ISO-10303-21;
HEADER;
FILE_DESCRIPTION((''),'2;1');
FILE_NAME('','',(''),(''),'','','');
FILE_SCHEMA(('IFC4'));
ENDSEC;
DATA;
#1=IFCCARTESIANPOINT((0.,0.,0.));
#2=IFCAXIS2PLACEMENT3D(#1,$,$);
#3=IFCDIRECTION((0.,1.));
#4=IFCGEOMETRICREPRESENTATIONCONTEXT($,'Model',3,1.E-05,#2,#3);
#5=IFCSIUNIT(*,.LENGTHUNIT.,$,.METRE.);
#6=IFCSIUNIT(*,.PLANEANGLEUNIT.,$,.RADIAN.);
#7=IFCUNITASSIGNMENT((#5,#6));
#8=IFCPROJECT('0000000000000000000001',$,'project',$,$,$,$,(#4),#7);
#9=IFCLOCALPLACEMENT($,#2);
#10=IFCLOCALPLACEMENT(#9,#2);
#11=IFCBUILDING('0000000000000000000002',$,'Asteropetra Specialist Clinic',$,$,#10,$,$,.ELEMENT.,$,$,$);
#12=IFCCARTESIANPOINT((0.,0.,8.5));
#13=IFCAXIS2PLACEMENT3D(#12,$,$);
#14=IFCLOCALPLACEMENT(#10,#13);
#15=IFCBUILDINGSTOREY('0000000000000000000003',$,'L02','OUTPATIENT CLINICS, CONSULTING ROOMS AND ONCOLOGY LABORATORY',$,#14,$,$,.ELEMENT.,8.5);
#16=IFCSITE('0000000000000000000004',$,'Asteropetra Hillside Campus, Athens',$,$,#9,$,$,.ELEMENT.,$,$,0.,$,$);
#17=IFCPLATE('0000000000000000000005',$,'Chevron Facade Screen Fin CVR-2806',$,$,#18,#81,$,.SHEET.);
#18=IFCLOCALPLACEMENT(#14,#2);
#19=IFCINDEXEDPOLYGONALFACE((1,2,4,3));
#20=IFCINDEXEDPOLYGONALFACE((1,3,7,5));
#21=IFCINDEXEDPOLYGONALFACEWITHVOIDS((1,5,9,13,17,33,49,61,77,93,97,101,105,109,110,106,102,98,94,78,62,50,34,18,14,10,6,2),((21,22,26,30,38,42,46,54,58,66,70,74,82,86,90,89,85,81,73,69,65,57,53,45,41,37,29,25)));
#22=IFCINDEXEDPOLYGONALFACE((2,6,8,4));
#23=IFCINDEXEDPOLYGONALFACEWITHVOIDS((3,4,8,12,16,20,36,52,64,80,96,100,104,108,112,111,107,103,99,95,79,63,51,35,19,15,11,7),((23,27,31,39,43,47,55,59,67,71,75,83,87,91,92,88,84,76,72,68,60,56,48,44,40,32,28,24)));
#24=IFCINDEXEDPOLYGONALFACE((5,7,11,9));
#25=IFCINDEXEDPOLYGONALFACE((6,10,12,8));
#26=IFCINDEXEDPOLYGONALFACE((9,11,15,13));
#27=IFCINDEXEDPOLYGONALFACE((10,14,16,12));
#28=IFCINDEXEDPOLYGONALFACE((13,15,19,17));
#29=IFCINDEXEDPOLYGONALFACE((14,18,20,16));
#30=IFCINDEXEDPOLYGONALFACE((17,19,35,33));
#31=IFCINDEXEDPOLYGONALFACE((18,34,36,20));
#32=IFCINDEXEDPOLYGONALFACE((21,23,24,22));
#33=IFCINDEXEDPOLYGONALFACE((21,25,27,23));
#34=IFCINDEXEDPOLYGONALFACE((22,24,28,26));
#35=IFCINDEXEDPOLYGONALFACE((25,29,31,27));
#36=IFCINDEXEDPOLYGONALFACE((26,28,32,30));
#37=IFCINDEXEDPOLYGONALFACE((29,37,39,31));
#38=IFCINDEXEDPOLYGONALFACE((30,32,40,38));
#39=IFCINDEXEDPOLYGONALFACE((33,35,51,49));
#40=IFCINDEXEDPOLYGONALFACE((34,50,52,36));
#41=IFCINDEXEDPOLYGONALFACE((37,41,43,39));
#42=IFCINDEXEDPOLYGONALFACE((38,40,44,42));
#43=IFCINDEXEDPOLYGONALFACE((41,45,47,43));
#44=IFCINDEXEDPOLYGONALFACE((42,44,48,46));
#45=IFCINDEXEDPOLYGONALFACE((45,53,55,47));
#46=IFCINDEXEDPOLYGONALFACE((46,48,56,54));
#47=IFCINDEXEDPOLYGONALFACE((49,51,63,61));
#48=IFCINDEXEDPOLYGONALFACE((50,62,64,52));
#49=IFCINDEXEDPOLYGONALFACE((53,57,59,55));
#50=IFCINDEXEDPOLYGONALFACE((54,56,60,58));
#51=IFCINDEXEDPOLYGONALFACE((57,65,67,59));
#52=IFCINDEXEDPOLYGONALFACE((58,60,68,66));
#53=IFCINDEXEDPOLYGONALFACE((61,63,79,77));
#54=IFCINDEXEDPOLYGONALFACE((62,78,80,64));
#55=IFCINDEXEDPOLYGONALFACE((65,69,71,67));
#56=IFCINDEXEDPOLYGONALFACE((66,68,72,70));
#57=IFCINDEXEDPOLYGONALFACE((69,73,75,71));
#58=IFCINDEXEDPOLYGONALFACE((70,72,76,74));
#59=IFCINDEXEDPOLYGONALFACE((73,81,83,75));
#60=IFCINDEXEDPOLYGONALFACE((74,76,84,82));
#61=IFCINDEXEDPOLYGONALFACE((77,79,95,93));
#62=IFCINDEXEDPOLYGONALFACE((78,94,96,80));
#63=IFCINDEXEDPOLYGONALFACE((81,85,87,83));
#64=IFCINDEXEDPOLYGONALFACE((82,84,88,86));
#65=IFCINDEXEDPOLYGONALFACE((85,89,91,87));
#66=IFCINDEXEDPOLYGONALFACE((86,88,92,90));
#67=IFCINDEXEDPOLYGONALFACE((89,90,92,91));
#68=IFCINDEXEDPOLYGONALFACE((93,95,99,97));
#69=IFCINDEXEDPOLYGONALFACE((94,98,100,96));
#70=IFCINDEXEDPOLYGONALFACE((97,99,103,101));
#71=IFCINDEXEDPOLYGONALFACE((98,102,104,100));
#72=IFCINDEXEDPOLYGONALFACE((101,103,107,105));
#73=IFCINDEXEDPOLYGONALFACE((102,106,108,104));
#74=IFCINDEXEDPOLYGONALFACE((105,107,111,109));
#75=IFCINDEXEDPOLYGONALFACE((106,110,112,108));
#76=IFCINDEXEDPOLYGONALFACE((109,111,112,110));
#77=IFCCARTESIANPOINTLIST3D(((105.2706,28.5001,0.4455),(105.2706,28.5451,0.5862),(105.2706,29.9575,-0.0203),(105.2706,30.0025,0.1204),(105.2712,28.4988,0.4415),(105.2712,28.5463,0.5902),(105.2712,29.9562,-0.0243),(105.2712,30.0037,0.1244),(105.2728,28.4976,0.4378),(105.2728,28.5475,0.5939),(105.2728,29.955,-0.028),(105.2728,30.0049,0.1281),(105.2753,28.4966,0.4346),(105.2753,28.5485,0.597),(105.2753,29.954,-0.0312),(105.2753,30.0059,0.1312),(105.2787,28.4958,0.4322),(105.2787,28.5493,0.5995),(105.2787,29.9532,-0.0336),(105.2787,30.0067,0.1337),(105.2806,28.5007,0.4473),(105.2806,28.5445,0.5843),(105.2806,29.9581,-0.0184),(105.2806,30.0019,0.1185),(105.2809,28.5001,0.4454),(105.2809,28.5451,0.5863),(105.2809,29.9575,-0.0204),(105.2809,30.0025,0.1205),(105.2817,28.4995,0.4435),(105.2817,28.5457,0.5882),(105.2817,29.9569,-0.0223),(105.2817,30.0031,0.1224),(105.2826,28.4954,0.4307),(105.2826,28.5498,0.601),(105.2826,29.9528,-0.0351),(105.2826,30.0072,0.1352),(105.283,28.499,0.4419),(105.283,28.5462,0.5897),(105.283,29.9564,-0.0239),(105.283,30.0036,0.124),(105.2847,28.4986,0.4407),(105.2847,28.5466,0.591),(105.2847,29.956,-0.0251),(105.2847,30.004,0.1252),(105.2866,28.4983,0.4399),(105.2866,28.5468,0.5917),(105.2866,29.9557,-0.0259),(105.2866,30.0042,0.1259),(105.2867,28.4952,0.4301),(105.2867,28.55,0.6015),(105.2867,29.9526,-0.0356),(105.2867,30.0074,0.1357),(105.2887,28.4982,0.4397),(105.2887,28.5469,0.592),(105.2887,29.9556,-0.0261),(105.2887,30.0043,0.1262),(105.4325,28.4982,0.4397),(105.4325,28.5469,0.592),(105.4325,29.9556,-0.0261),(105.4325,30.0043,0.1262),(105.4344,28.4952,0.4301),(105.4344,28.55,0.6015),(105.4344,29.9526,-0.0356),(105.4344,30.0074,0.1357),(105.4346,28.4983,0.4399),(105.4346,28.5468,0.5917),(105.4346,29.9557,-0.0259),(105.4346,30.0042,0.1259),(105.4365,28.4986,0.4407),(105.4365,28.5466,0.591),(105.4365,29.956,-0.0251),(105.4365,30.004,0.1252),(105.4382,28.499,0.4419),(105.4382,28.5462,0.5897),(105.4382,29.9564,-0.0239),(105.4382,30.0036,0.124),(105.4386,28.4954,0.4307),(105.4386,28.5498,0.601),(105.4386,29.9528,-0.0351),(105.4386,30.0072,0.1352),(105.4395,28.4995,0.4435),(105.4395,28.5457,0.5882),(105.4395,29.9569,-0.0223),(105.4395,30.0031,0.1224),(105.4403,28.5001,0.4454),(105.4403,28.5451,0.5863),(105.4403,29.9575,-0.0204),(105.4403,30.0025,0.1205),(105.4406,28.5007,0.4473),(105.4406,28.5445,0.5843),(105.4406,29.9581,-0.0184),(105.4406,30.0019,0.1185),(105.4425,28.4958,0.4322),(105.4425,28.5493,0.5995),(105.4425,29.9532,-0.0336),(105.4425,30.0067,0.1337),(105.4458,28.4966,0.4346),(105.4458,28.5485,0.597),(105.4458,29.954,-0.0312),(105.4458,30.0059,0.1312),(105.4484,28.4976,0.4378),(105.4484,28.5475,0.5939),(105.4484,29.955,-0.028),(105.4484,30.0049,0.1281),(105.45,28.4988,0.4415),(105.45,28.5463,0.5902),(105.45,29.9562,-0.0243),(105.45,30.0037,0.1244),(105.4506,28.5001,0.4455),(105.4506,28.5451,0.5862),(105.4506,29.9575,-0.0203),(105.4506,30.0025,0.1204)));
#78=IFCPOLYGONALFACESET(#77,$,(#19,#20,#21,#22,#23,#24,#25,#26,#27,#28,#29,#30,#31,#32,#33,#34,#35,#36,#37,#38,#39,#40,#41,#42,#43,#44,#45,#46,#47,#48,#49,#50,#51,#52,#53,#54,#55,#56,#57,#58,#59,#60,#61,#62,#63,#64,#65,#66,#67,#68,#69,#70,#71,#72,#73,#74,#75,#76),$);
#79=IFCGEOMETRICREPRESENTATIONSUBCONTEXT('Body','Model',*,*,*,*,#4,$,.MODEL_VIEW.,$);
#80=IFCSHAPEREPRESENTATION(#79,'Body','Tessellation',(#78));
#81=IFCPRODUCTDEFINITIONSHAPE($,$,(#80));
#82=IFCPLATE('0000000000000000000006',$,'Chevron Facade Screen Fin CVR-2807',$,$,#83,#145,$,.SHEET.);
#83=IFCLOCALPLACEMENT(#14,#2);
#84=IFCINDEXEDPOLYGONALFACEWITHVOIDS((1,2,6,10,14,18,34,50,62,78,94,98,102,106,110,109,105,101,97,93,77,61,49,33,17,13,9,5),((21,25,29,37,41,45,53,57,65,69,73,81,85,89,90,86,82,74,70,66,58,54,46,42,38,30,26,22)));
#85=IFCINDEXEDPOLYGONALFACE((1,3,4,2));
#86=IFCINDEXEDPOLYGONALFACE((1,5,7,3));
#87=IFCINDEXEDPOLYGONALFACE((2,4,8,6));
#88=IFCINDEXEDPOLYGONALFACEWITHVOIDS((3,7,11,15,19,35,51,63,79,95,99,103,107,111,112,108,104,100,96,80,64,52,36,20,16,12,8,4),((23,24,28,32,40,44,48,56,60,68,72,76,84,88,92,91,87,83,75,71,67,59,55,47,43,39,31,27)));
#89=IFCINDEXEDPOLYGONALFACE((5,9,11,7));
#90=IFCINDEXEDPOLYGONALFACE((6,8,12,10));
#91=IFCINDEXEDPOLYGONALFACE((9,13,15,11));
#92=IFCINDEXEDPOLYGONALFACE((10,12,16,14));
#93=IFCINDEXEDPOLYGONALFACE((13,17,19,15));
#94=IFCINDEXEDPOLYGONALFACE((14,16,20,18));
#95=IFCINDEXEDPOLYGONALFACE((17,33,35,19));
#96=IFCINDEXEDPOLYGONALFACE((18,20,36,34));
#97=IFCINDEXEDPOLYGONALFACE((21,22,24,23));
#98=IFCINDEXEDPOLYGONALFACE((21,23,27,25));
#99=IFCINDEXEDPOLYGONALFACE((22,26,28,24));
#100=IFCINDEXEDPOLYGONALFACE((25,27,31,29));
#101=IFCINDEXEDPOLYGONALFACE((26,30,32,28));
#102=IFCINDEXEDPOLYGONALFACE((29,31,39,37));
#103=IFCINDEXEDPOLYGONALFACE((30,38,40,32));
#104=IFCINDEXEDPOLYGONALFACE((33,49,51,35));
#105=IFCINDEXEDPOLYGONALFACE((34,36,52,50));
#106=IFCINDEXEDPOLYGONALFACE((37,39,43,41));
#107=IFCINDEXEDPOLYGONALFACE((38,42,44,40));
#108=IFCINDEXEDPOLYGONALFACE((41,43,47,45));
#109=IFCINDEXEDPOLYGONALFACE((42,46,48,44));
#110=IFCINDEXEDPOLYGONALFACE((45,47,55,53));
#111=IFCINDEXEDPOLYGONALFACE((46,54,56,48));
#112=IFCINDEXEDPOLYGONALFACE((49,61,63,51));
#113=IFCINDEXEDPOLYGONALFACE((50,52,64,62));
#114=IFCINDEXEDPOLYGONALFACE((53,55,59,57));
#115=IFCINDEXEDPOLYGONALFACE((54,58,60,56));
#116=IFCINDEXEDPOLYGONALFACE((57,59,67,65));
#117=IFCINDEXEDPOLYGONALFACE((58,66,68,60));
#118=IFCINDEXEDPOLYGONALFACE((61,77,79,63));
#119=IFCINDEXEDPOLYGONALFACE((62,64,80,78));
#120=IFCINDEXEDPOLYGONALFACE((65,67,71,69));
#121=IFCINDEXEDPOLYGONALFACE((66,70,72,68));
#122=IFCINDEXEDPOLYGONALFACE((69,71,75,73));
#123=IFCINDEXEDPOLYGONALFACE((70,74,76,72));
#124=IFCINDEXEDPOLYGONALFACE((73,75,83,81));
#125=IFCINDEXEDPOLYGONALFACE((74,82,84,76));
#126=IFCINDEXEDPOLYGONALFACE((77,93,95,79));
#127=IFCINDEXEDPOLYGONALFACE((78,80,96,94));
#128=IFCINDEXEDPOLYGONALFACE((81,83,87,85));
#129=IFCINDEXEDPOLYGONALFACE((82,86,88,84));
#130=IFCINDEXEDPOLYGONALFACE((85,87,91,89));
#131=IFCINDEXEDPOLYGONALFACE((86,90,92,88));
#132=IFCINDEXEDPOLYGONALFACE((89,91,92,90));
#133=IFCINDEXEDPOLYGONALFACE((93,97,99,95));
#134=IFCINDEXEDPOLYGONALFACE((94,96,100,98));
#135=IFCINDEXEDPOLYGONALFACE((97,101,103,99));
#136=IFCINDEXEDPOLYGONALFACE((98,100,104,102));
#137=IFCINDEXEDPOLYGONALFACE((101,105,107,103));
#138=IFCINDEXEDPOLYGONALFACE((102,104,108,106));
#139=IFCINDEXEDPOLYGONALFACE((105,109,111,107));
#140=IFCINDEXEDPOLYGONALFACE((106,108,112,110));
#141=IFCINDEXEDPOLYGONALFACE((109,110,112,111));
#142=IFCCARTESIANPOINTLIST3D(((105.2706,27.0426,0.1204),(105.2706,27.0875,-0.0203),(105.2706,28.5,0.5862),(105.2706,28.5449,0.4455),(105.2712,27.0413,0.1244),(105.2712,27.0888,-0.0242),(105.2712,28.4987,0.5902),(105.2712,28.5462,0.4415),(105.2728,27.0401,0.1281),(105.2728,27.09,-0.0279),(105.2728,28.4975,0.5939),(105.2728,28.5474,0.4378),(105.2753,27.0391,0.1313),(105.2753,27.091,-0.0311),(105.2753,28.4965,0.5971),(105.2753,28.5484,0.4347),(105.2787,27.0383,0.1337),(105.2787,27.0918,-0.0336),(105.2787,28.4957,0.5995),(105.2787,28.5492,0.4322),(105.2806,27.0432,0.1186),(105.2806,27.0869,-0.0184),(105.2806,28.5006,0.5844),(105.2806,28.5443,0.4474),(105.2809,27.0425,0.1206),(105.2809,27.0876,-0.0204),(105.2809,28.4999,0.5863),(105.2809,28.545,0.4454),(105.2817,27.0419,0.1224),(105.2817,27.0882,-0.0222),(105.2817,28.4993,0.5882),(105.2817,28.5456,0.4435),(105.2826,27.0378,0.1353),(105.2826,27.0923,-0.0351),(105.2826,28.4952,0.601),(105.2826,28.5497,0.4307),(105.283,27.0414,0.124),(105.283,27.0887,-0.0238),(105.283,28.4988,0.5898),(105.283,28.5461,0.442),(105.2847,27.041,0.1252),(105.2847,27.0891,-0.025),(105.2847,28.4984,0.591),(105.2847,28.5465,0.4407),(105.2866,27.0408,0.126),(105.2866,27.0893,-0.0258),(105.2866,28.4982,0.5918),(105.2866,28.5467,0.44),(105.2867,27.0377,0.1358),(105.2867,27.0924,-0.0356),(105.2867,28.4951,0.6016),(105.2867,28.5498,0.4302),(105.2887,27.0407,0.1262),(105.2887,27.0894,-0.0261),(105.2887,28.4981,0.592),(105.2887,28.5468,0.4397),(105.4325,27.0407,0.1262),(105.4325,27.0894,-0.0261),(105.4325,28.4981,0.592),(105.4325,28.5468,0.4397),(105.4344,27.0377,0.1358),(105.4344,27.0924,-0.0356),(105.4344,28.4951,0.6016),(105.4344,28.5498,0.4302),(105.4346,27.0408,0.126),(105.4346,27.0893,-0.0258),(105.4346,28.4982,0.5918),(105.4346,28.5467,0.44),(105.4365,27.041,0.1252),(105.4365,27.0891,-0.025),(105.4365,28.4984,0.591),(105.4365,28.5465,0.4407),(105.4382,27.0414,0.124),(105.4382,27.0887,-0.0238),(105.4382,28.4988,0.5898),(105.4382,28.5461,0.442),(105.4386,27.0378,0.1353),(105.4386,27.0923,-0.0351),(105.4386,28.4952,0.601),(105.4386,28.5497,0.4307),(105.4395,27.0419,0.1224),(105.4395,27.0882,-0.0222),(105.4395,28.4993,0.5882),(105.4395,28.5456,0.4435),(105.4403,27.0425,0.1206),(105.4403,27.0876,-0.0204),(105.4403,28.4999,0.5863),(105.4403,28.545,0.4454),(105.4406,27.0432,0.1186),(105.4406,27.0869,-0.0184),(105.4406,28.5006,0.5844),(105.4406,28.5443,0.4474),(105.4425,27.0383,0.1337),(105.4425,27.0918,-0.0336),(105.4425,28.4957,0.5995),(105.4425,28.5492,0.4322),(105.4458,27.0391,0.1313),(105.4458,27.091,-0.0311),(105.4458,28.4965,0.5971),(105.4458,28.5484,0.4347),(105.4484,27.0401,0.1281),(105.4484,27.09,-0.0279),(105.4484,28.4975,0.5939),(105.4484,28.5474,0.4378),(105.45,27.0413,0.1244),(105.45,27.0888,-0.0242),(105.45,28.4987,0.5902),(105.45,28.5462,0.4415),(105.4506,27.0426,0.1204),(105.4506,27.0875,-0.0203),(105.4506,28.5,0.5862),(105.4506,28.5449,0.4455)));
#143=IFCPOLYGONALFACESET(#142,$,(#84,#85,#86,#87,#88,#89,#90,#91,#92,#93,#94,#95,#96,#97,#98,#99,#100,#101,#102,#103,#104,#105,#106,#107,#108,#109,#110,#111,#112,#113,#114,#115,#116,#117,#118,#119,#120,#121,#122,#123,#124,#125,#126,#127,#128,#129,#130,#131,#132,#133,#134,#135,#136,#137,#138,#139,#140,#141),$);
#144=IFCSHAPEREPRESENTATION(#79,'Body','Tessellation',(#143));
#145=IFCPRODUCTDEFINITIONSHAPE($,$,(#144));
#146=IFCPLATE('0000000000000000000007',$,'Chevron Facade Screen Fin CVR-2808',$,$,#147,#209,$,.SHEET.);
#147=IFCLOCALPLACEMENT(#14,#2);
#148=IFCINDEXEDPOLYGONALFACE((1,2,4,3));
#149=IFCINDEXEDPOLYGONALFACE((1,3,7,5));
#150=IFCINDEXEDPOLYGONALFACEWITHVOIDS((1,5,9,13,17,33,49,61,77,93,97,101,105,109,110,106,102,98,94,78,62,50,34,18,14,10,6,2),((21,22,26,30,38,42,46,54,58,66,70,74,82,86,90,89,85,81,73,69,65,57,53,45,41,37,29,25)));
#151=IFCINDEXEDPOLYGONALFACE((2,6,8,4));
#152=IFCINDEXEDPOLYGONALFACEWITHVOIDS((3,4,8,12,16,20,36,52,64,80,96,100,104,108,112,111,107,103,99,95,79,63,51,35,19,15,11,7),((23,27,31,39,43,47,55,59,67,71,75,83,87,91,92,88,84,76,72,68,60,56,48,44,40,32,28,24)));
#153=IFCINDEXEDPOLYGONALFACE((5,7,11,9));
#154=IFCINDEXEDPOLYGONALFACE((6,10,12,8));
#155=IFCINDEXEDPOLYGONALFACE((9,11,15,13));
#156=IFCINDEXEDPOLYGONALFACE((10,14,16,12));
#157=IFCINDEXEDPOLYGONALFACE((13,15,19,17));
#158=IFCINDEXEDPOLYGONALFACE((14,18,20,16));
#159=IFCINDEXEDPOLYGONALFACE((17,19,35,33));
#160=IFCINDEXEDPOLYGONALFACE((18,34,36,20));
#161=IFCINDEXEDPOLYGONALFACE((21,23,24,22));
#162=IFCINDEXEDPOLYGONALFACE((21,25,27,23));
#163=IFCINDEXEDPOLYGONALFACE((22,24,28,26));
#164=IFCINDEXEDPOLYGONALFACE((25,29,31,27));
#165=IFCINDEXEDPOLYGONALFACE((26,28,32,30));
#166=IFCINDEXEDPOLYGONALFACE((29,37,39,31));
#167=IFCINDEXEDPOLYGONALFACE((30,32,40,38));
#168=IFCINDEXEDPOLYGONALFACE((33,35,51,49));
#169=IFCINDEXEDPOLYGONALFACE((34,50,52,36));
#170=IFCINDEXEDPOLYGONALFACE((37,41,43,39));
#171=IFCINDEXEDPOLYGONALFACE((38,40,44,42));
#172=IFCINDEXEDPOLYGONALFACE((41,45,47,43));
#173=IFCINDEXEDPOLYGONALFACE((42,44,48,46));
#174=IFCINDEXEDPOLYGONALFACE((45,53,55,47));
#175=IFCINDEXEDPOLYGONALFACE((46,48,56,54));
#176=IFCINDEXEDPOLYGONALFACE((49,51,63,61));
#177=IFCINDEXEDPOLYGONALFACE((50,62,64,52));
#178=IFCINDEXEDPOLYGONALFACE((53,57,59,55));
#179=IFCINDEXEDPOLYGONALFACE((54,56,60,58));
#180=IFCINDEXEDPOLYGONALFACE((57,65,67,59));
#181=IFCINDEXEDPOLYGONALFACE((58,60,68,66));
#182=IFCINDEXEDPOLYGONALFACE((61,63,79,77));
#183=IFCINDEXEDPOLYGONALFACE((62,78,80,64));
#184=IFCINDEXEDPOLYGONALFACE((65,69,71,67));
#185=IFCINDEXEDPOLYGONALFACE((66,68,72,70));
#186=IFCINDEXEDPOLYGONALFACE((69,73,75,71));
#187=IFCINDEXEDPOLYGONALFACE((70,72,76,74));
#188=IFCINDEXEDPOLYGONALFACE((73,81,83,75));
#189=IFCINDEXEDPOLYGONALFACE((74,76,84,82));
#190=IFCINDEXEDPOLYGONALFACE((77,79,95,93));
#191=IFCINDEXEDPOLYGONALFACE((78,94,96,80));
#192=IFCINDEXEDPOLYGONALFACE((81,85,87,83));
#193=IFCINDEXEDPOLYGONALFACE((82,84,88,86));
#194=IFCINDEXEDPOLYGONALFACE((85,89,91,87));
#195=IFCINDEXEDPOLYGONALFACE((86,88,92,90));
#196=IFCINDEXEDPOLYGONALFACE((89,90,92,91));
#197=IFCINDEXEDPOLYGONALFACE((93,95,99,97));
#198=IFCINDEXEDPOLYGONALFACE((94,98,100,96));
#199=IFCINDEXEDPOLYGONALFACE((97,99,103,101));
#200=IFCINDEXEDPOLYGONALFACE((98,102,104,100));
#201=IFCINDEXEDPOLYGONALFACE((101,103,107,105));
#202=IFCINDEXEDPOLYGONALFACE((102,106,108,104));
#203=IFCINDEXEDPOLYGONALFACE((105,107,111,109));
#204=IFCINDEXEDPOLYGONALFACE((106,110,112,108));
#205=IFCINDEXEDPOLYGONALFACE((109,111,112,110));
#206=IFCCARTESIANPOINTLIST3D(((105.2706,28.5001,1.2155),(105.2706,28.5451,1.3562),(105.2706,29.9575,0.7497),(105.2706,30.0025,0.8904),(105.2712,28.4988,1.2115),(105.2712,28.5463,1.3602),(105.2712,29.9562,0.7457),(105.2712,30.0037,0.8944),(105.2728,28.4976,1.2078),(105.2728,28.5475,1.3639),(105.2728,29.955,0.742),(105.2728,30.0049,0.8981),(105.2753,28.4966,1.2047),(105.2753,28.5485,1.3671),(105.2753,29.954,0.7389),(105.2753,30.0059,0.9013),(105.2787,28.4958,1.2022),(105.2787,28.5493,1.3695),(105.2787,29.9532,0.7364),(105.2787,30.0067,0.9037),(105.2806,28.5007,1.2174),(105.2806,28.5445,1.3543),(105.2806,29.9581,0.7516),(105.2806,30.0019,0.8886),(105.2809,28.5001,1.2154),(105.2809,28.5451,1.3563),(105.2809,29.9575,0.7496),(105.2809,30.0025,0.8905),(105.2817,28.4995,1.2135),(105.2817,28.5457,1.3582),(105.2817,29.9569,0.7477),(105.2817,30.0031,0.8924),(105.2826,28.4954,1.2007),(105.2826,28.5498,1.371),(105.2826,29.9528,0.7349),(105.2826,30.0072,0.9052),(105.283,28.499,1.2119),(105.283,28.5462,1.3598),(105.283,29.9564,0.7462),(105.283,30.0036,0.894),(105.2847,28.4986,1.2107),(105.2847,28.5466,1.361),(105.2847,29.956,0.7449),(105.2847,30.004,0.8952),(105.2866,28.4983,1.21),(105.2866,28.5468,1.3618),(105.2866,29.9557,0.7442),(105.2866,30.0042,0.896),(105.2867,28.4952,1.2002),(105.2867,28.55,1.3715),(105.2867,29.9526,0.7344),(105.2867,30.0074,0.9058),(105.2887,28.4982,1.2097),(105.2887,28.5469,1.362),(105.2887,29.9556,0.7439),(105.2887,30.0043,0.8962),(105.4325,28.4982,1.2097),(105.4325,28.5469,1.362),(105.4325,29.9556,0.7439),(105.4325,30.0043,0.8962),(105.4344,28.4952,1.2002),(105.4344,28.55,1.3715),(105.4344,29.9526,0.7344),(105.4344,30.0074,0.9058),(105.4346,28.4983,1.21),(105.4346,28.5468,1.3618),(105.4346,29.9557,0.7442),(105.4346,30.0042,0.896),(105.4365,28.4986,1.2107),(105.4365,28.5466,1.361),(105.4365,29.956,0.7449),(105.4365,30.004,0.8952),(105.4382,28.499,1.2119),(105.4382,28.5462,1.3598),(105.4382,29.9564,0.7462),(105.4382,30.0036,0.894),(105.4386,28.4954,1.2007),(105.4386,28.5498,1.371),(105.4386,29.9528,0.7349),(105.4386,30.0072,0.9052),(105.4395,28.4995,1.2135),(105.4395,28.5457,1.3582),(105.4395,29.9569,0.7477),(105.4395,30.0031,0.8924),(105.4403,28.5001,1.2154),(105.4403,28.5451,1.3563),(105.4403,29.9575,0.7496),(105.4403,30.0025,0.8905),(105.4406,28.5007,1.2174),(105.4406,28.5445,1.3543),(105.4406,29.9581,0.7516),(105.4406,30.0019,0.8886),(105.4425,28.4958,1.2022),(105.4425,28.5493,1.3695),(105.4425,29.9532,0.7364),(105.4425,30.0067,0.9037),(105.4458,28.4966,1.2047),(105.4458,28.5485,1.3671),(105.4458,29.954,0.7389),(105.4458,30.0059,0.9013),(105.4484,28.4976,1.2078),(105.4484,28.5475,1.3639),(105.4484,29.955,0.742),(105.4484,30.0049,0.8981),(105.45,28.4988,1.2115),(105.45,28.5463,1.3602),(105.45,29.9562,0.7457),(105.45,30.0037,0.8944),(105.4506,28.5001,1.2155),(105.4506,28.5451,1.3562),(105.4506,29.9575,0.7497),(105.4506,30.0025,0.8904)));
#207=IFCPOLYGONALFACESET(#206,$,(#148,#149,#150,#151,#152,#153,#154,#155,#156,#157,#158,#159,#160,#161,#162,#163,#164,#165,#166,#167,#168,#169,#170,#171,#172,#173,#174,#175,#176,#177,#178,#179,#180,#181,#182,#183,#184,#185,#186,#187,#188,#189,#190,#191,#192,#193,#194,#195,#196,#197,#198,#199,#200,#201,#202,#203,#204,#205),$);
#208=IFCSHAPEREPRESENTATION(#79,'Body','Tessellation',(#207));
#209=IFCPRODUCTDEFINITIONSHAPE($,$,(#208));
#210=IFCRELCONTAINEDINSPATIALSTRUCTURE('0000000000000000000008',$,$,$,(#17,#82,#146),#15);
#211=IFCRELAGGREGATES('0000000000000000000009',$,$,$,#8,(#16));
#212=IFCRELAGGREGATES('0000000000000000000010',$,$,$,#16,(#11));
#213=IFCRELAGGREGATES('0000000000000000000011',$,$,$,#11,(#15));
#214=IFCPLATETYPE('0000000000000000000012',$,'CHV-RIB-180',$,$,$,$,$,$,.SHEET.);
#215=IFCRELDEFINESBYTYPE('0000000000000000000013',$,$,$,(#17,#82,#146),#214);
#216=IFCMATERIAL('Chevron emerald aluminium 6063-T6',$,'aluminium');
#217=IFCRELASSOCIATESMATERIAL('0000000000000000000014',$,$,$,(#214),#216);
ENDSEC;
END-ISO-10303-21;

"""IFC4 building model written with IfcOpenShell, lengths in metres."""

from ifc_helpers import new_model, si_unit, direction, frame, origin, origin_2d, place, context, subcontext, project, spatial, hollow_rectangle, extrude, material, material_profile, profile_set, type_object, element, save


model = new_model("IFC4")

# Units and contexts
model_context = context("Model", 3, precision=1e-05, world=origin(), true_north=direction((0.0, 1.0)))
body_context = subcontext(model_context, "Body", "Model", "MODEL_VIEW")
ifc_project = project(units=[si_unit("LENGTHUNIT", "METRE"), si_unit("PLANEANGLEUNIT", "RADIAN")], contexts=[model_context])

# Site, building, storey
site_placement = place(None, origin())
site = spatial("IfcSite", under=ifc_project, at=site_placement, Name="Asteropetra Hillside Campus, Athens", CompositionType="ELEMENT", RefElevation=0.0)
building_placement = place(site_placement, origin())
building = spatial("IfcBuilding", under=site, at=building_placement, Name="Asteropetra Specialist Clinic", CompositionType="ELEMENT")
storey_placement = place(building_placement, frame((0.0, 0.0, 8.5)))
storey = spatial("IfcBuildingStorey", under=building, at=storey_placement, Name="L02", Description="OUTPATIENT CLINICS, CONSULTING ROOMS AND ONCOLOGY LABORATORY", CompositionType="ELEMENT", Elevation=8.5)

# Plates
ifc_material_1 = material(Name="Chevron emerald aluminium 6063-T6", Category="aluminium")
ifc_material_profile = material_profile(ifc_material_1, hollow_rectangle(XDim=0.1799, YDim=0.1799, WallThickness=0.01, InnerFilletRadius=0.0081, OuterFilletRadius=0.0161, at=origin_2d()), Name="SHS 180x180x10.0")
ifc_profile_set = profile_set([ifc_material_profile], Name="Chevron emerald aluminium 6063-T6")
plate_type = type_object("IfcPlateType", Name="CHV-RIB-180", PredefinedType="SHEET", material=ifc_profile_set)
for number, where, z_axis, x_axis, name in (
    (1, (105.3606, 29.98, 0.05), (0.0, -0.952535, 0.304428), (1.0, 0.0, 0.0), "Chevron Facade Screen Fin CVR-2806"),
    (2, (105.3606, 28.5225, 0.5159), (0.0, -0.952535, -0.304428), (1.0, 0.0, 0.0), "Chevron Facade Screen Fin CVR-2807"),
    (3, (105.3606, 29.98, 0.8201), (0.0, -0.952535, 0.304428), (1.0, 0.0, 0.0), "Chevron Facade Screen Fin CVR-2808"),
):
    element("IfcPlate", number, at=place(storey_placement, frame(where, z_axis=z_axis, x_axis=x_axis)), inside=storey, type_object=plate_type, Name=name, PredefinedType="SHEET", context=body_context, shape_type="SweptSolid", body=[
        extrude(hollow_rectangle(XDim=0.1799, YDim=0.1799, WallThickness=0.01, InnerFilletRadius=0.0081, OuterFilletRadius=0.0161, at=origin_2d()), origin(), (0.0, 0.0, 1.0), 1.53),
    ])

save(model, "model.ifc")
